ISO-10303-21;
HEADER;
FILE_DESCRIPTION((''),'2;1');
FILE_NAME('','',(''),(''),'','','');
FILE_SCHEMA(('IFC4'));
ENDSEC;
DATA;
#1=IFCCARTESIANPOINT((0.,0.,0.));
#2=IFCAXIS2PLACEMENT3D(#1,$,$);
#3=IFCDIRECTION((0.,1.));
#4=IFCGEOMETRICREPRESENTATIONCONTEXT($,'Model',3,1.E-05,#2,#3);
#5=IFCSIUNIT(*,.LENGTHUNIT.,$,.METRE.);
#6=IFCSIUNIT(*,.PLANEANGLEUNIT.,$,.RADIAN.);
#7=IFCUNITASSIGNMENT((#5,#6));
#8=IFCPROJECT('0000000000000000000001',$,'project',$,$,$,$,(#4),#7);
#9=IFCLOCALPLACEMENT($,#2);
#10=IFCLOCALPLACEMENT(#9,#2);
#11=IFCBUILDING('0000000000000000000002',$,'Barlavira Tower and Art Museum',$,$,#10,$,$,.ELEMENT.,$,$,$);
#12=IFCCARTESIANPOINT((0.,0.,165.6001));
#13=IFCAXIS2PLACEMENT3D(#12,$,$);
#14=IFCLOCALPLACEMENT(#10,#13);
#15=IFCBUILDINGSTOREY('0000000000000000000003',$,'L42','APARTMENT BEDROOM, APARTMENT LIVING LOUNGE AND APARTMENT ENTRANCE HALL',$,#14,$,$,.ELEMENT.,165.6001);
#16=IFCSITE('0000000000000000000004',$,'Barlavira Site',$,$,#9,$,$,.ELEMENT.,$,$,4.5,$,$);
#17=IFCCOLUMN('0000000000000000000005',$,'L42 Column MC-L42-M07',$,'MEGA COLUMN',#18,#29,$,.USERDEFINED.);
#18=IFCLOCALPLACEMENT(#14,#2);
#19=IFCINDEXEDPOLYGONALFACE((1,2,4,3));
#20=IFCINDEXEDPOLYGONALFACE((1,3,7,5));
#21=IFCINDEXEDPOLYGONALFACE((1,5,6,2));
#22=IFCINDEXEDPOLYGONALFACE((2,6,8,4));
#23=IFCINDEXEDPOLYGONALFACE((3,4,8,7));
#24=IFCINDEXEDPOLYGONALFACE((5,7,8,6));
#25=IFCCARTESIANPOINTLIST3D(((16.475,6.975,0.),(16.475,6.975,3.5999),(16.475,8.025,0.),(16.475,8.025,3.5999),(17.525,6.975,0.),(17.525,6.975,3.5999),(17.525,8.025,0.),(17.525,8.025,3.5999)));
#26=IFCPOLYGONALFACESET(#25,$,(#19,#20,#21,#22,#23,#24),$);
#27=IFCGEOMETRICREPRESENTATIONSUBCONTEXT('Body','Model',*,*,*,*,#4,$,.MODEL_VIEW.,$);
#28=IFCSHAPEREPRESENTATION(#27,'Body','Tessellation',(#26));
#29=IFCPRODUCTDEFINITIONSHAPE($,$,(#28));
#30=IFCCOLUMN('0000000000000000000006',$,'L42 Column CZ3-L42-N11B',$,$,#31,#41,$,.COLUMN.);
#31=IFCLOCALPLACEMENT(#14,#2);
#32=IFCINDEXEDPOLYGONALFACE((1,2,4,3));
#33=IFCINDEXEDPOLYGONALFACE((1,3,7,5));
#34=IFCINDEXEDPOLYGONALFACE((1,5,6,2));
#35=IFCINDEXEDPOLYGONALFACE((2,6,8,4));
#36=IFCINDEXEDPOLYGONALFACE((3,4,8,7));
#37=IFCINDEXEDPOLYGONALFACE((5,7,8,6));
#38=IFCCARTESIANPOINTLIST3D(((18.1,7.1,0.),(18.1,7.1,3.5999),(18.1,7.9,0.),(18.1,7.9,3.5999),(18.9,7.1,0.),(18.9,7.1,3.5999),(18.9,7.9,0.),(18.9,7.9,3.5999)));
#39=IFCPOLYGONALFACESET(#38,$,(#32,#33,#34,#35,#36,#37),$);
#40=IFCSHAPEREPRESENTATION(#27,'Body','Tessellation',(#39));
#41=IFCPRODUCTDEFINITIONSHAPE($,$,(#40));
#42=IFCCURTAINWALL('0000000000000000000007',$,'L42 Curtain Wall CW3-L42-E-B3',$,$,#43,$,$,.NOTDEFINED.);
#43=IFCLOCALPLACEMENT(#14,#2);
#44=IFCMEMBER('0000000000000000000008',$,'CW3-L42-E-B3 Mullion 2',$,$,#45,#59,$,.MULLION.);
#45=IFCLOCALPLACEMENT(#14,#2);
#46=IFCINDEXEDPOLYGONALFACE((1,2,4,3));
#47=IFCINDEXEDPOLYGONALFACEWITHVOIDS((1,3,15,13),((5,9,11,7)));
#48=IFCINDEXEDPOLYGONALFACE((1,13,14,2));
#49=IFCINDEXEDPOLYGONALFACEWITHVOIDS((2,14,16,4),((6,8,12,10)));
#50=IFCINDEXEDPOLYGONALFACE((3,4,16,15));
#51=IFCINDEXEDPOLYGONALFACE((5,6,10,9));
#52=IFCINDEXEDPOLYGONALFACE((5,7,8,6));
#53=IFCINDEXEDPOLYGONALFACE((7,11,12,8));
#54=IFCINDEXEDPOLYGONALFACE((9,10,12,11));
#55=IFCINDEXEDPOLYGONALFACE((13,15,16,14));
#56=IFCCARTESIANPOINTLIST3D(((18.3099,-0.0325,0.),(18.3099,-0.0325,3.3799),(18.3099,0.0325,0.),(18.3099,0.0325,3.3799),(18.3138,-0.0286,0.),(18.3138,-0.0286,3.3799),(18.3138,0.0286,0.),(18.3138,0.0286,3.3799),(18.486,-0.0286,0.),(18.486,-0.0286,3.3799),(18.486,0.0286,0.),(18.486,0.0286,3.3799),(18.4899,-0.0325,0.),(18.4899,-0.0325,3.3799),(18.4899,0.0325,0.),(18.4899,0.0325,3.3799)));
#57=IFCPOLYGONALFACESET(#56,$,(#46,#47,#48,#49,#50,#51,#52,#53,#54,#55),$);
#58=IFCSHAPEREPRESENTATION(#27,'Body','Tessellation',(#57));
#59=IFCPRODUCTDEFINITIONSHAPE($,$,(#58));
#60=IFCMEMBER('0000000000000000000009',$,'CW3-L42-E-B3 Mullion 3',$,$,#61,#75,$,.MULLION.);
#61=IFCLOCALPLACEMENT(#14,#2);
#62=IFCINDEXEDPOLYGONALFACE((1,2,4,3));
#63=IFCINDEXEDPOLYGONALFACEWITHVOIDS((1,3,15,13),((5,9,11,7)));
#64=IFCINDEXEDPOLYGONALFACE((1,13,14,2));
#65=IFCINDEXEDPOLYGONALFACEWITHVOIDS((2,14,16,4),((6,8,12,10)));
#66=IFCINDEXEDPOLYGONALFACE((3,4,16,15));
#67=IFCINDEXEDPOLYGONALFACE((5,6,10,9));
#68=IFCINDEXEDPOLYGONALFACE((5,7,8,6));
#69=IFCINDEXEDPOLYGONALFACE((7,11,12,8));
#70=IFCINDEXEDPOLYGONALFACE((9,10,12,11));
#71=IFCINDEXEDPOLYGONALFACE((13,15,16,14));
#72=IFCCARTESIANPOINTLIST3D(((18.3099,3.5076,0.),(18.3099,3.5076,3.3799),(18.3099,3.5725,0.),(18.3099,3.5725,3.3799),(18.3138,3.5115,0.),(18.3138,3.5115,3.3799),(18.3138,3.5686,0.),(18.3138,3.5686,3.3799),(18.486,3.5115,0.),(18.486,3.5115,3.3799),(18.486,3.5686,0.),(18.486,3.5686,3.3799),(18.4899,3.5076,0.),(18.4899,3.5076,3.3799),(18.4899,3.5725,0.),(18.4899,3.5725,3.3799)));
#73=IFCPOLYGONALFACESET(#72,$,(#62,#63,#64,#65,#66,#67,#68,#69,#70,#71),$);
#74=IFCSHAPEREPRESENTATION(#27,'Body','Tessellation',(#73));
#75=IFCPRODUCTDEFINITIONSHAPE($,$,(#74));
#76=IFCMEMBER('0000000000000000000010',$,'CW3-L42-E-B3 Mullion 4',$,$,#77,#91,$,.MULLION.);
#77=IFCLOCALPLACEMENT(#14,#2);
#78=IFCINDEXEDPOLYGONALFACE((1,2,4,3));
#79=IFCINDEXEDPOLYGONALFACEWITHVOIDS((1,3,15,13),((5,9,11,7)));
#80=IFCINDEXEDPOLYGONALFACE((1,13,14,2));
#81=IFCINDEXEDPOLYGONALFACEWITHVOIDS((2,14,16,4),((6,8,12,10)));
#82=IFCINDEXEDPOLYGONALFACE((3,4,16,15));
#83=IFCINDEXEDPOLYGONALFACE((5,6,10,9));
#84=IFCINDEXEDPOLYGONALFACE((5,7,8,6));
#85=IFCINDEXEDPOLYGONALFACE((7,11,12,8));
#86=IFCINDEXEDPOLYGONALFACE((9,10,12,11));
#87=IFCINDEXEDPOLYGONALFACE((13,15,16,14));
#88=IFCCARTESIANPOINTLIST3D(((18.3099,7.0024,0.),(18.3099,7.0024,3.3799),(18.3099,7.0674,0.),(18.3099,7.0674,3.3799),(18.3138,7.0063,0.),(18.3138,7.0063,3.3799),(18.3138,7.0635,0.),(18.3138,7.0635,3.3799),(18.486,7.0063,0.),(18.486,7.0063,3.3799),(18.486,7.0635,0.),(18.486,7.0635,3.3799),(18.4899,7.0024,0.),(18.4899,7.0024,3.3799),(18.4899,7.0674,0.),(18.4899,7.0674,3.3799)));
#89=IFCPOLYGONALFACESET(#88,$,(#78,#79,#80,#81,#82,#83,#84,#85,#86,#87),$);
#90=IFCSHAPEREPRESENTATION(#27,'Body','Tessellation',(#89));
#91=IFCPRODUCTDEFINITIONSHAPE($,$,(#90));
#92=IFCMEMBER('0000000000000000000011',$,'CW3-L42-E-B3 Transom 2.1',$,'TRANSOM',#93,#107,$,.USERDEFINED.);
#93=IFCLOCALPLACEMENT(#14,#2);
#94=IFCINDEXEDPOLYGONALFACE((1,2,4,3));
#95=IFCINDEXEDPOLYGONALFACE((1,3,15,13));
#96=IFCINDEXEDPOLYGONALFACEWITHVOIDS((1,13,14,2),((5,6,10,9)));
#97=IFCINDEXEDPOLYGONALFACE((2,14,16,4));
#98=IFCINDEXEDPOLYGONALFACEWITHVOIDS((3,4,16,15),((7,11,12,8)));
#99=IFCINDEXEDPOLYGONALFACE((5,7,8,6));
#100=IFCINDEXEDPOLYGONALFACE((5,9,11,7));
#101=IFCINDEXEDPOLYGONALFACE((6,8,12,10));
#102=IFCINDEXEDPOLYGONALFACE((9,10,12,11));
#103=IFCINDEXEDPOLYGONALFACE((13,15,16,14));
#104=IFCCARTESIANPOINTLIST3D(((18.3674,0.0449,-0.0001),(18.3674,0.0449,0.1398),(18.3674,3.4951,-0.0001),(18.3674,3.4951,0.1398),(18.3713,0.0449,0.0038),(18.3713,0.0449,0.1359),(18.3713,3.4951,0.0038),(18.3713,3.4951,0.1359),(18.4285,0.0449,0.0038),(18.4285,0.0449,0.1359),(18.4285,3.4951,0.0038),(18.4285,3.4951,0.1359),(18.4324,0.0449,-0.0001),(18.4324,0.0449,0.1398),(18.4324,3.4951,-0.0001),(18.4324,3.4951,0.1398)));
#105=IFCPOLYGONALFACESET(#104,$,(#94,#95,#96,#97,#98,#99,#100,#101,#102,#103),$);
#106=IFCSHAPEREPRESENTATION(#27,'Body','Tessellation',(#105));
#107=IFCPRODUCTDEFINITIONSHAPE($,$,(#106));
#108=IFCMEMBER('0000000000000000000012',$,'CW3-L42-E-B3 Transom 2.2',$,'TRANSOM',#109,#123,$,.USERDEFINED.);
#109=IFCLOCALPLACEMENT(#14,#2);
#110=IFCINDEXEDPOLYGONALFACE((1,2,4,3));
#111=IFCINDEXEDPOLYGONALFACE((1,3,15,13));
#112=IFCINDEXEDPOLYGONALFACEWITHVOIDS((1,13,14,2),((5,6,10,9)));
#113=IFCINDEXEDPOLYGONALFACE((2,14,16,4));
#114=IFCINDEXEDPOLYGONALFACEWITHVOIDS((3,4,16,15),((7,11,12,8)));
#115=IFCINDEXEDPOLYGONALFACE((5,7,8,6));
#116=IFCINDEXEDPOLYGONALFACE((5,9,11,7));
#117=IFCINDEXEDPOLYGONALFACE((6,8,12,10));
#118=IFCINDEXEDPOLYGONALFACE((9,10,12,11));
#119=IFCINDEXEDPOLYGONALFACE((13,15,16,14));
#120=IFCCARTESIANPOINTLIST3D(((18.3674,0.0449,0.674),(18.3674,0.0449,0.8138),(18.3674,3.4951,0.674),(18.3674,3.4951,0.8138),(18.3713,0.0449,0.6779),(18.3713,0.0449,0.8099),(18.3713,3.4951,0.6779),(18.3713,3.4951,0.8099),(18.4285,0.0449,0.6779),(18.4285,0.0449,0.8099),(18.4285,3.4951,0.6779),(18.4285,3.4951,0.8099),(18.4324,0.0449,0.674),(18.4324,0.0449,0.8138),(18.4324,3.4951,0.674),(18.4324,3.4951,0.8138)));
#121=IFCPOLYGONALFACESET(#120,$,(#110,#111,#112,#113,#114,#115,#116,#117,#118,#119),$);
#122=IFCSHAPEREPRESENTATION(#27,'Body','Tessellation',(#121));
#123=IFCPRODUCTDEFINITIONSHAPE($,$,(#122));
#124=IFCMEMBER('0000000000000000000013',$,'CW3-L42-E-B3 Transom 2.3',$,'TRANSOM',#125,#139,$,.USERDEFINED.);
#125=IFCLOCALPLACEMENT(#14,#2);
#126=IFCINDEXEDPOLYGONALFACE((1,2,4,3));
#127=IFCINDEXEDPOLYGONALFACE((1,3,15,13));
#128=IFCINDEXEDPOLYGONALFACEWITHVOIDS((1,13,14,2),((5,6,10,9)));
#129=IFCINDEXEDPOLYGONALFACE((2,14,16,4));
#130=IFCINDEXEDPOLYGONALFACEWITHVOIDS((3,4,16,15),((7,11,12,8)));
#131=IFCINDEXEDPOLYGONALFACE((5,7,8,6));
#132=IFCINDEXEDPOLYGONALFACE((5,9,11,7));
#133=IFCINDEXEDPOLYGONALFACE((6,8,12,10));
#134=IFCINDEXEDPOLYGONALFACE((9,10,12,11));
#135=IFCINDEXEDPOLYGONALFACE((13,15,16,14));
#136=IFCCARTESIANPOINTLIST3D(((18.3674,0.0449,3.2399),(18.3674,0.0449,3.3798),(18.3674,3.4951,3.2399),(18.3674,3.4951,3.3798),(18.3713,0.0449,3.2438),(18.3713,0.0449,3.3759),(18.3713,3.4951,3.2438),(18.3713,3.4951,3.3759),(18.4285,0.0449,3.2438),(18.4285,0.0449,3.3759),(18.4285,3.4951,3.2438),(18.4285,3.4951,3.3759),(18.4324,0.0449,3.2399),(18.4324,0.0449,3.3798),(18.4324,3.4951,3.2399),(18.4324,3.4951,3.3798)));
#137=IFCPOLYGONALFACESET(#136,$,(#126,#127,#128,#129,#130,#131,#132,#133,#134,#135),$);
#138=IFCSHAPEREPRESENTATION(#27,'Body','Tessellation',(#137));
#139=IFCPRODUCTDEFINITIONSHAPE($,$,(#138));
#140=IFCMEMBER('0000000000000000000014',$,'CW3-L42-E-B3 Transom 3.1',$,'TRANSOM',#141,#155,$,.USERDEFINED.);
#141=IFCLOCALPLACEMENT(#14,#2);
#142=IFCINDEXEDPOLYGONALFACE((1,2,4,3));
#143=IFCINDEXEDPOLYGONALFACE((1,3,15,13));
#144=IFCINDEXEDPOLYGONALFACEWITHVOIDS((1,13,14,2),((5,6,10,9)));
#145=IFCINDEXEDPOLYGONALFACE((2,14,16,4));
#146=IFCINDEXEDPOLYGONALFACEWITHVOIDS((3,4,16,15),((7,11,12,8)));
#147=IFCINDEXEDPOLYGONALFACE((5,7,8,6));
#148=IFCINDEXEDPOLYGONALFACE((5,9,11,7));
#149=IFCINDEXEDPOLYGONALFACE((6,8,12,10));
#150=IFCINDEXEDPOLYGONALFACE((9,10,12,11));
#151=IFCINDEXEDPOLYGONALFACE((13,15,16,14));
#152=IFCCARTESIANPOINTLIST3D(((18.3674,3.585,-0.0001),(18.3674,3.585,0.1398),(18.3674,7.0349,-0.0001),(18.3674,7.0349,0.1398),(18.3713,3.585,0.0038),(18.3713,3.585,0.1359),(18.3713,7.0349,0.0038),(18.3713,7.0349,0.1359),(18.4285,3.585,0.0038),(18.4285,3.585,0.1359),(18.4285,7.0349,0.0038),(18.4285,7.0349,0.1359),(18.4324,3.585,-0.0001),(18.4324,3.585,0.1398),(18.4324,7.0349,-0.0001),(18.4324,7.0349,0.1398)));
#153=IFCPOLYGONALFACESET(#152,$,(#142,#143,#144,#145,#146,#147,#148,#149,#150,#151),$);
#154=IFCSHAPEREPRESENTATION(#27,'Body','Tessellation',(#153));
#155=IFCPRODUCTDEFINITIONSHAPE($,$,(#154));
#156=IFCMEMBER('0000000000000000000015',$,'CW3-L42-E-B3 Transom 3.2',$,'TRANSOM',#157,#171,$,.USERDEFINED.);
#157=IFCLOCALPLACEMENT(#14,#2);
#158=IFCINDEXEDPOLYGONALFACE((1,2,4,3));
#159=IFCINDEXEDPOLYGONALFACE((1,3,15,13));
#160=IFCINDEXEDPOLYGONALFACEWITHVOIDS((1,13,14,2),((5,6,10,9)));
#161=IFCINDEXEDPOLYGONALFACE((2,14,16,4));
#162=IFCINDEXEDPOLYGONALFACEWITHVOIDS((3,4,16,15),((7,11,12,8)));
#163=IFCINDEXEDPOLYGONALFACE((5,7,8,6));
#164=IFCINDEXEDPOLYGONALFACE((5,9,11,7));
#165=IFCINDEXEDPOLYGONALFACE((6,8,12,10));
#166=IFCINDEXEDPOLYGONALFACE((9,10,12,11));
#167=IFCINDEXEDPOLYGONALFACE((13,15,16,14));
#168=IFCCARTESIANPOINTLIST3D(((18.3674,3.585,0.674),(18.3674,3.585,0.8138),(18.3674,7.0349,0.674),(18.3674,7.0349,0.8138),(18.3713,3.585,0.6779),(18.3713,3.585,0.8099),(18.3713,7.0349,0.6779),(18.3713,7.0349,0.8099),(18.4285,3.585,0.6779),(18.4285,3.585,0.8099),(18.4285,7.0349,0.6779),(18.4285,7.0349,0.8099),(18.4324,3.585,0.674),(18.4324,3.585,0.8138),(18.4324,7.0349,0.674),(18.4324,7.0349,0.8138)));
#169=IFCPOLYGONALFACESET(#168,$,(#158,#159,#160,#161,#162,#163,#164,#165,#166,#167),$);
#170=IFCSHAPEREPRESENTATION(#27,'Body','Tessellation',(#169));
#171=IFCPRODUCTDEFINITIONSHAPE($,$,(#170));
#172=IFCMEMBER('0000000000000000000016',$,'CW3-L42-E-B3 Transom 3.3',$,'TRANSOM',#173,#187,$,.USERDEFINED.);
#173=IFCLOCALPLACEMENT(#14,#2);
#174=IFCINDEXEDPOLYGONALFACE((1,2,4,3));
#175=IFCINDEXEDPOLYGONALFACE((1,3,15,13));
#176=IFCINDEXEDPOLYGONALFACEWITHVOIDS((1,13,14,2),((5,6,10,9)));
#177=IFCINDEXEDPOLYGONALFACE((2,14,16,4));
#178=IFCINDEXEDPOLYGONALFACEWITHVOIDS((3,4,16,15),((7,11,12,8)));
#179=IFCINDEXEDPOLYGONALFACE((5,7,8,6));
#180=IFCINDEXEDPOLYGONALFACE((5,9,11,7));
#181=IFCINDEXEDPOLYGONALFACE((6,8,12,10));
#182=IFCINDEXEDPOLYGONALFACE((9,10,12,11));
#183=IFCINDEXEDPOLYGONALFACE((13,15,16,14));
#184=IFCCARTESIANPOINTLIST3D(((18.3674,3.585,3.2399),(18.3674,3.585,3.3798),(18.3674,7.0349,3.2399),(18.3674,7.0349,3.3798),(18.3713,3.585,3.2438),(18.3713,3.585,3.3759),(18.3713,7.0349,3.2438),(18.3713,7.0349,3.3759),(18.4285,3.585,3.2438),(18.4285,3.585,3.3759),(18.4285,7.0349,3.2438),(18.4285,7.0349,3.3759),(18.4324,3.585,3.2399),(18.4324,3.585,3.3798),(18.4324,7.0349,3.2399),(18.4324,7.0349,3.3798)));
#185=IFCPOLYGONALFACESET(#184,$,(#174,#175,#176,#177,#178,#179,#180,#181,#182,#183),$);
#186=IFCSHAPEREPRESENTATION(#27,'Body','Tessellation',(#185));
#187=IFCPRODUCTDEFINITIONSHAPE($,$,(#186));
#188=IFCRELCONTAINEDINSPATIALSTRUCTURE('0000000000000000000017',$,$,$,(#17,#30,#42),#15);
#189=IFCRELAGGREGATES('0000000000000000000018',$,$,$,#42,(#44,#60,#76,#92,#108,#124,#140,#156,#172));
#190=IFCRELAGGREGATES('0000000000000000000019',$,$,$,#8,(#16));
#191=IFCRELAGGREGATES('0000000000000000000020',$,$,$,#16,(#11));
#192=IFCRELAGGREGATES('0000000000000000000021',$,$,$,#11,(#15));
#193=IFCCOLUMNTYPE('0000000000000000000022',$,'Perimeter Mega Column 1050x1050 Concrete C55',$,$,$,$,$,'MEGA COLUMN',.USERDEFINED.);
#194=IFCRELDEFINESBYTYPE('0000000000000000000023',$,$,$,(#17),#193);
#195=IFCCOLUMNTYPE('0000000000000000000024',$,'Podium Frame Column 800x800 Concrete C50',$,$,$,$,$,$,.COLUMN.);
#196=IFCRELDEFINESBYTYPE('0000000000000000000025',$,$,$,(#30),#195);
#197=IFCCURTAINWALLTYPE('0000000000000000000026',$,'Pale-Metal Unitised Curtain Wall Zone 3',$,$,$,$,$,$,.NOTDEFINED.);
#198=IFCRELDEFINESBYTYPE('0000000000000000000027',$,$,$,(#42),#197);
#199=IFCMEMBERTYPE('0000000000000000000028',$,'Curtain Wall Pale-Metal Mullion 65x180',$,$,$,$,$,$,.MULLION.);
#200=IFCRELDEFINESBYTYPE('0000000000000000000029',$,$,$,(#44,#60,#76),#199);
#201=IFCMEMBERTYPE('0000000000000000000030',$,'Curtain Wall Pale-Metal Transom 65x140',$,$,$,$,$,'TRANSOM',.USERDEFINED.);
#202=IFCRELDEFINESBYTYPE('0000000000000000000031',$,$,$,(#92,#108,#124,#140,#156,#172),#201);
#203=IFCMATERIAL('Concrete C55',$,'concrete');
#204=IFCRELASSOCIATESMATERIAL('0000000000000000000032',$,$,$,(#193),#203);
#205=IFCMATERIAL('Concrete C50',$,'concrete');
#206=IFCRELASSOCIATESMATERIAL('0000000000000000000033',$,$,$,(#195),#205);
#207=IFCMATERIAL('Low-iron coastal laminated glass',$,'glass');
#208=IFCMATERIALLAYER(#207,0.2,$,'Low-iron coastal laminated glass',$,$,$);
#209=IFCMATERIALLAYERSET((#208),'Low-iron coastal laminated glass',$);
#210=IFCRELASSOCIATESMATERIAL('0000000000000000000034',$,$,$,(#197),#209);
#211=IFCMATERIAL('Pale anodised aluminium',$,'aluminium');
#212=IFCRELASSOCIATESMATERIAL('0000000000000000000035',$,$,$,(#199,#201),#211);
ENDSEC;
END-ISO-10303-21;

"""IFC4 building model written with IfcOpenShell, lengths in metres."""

from ifc_helpers import new_model, si_unit, direction, frame, origin, origin_2d, place, context, subcontext, project, spatial, rectangle, hollow_rectangle, extrude, material, layer, layer_set, material_profile, profile_set, type_object, element, aggregate, save


model = new_model("IFC4")

# Units and contexts
model_context = context("Model", 3, precision=1e-05, world=origin(), true_north=direction((0.0, 1.0)))
body_context = subcontext(model_context, "Body", "Model", "MODEL_VIEW")
ifc_project = project(units=[si_unit("LENGTHUNIT", "METRE"), si_unit("PLANEANGLEUNIT", "RADIAN")], contexts=[model_context])

# Site, building, storey
site_placement = place(None, origin())
site = spatial("IfcSite", under=ifc_project, at=site_placement, Name="Barlavira Site", CompositionType="ELEMENT", RefElevation=4.5)
building_placement = place(site_placement, origin())
building = spatial("IfcBuilding", under=site, at=building_placement, Name="Barlavira Tower and Art Museum", CompositionType="ELEMENT")
storey_placement = place(building_placement, frame((0.0, 0.0, 165.6001)))
storey = spatial("IfcBuildingStorey", under=building, at=storey_placement, Name="L42", Description="APARTMENT BEDROOM, APARTMENT LIVING LOUNGE AND APARTMENT ENTRANCE HALL", CompositionType="ELEMENT", Elevation=165.6001)

# Columns
ifc_material_1 = material(Name="Concrete C55", Category="concrete")
ifc_material_profile_1 = material_profile(ifc_material_1, rectangle(XDim=1.05, YDim=1.05, at=origin_2d()), Name="RC-COL 1050x1050")
ifc_profile_set_1 = profile_set([ifc_material_profile_1], Name="Concrete C55")
column_type_1 = type_object("IfcColumnType", Name="Perimeter Mega Column 1050x1050 Concrete C55", ElementType="MEGA COLUMN", PredefinedType="USERDEFINED", material=ifc_profile_set_1)
column_1_placement = place(storey_placement, frame((17.0, 7.5, 0.0), z_axis=(0.0, 0.0, 1.0), x_axis=(1.0, 0.0, 0.0)))
element("IfcColumn", 1, at=column_1_placement, inside=storey, type_object=column_type_1, Name="L42 Column MC-L42-M07", ObjectType="MEGA COLUMN", PredefinedType="USERDEFINED", context=body_context, shape_type="SweptSolid", body=[
    extrude(rectangle(XDim=1.05, YDim=1.05, at=origin_2d()), origin(), (0.0, 0.0, 1.0), 3.5999),
])
ifc_material_2 = material(Name="Concrete C50", Category="concrete")
ifc_material_profile_2 = material_profile(ifc_material_2, rectangle(XDim=0.8, YDim=0.8, at=origin_2d()), Name="RC-COL 800x800")
ifc_profile_set_2 = profile_set([ifc_material_profile_2], Name="Concrete C50")
column_type_2 = type_object("IfcColumnType", Name="Podium Frame Column 800x800 Concrete C50", PredefinedType="COLUMN", material=ifc_profile_set_2)
column_2_placement = place(storey_placement, frame((18.5, 7.5, 0.0), z_axis=(0.0, 0.0, 1.0), x_axis=(1.0, 0.0, 0.0)))
element("IfcColumn", 2, at=column_2_placement, inside=storey, type_object=column_type_2, Name="L42 Column CZ3-L42-N11B", PredefinedType="COLUMN", context=body_context, shape_type="SweptSolid", body=[
    extrude(rectangle(XDim=0.8, YDim=0.8, at=origin_2d()), origin(), (0.0, 0.0, 1.0), 3.5999),
])

# Curtain wall, members
ifc_material_3 = material(Name="Low-iron coastal laminated glass", Category="glass")
ifc_layer_1 = layer(ifc_material_3, 0.2, Name="Low-iron coastal laminated glass")
ifc_layer_set_1 = layer_set([ifc_layer_1], Name="Low-iron coastal laminated glass")
curtain_wall_type = type_object("IfcCurtainWallType", Name="Pale-Metal Unitised Curtain Wall Zone 3", PredefinedType="NOTDEFINED", material=ifc_layer_set_1)
curtain_wall_placement = place(storey_placement, origin())
curtain_wall = element("IfcCurtainWall", 3, at=curtain_wall_placement, inside=storey, type_object=curtain_wall_type, Name="L42 Curtain Wall CW3-L42-E-B3", PredefinedType="NOTDEFINED")
ifc_material_4 = material(Name="Pale anodised aluminium", Category="aluminium")
ifc_material_profile_3 = material_profile(ifc_material_4, hollow_rectangle(XDim=0.0649, YDim=0.1799, WallThickness=0.0039, at=origin_2d()), Name="ALU-MULL 65x180x4")
ifc_profile_set_3 = profile_set([ifc_material_profile_3], Name="Pale anodised aluminium")
member_type_1 = type_object("IfcMemberType", Name="Curtain Wall Pale-Metal Mullion 65x180", PredefinedType="MULLION", material=ifc_profile_set_3)
member_1_placement = place(storey_placement, frame((18.3999, 0.0, 0.0), z_axis=(0.0, 0.0, 1.0), x_axis=(0.0, 1.0, 0.0)))
member_1 = element("IfcMember", 4, at=member_1_placement, type_object=member_type_1, Name="CW3-L42-E-B3 Mullion 2", PredefinedType="MULLION", context=body_context, shape_type="SweptSolid", body=[
    extrude(hollow_rectangle(XDim=0.0649, YDim=0.1799, WallThickness=0.0039, at=origin_2d()), origin(), (0.0, 0.0, 1.0), 3.3799),
])
member_2_placement = place(storey_placement, frame((18.3999, 3.54, 0.0), z_axis=(0.0, 0.0, 1.0), x_axis=(0.0, 1.0, 0.0)))
member_2 = element("IfcMember", 5, at=member_2_placement, type_object=member_type_1, Name="CW3-L42-E-B3 Mullion 3", PredefinedType="MULLION", context=body_context, shape_type="SweptSolid", body=[
    extrude(hollow_rectangle(XDim=0.0649, YDim=0.1799, WallThickness=0.0039, at=origin_2d()), origin(), (0.0, 0.0, 1.0), 3.3799),
])
member_3_placement = place(storey_placement, frame((18.3999, 7.0349, 0.0), z_axis=(0.0, 0.0, 1.0), x_axis=(0.0, 1.0, 0.0)))
member_3 = element("IfcMember", 6, at=member_3_placement, type_object=member_type_1, Name="CW3-L42-E-B3 Mullion 4", PredefinedType="MULLION", context=body_context, shape_type="SweptSolid", body=[
    extrude(hollow_rectangle(XDim=0.0649, YDim=0.1799, WallThickness=0.0039, at=origin_2d()), origin(), (0.0, 0.0, 1.0), 3.3799),
])
ifc_material_profile_4 = material_profile(ifc_material_4, hollow_rectangle(XDim=0.0649, YDim=0.1399, WallThickness=0.0039, at=origin_2d()), Name="ALU-TRAN 65x140x4")
ifc_profile_set_4 = profile_set([ifc_material_profile_4], Name="Pale anodised aluminium")
member_type_2 = type_object("IfcMemberType", Name="Curtain Wall Pale-Metal Transom 65x140", ElementType="TRANSOM", PredefinedType="USERDEFINED", material=ifc_profile_set_4)
member_4_placement = place(storey_placement, frame((18.3999, 0.0449, 0.0698), z_axis=(0.0, 1.0, 0.0), x_axis=(-1.0, 0.0, 0.0)))
member_4 = element("IfcMember", 7, at=member_4_placement, type_object=member_type_2, Name="CW3-L42-E-B3 Transom 2.1", ObjectType="TRANSOM", PredefinedType="USERDEFINED", context=body_context, shape_type="SweptSolid", body=[
    extrude(hollow_rectangle(XDim=0.0649, YDim=0.1399, WallThickness=0.0039, at=origin_2d()), origin(), (0.0, 0.0, 1.0), 3.4502),
])
member_5_placement = place(storey_placement, frame((18.3999, 0.0449, 0.7439), z_axis=(0.0, 1.0, 0.0), x_axis=(-1.0, 0.0, 0.0)))
member_5 = element("IfcMember", 8, at=member_5_placement, type_object=member_type_2, Name="CW3-L42-E-B3 Transom 2.2", ObjectType="TRANSOM", PredefinedType="USERDEFINED", context=body_context, shape_type="SweptSolid", body=[
    extrude(hollow_rectangle(XDim=0.0649, YDim=0.1399, WallThickness=0.0039, at=origin_2d()), origin(), (0.0, 0.0, 1.0), 3.4502),
])
member_6_placement = place(storey_placement, frame((18.3999, 0.0449, 3.3098), z_axis=(0.0, 1.0, 0.0), x_axis=(-1.0, 0.0, 0.0)))
member_6 = element("IfcMember", 9, at=member_6_placement, type_object=member_type_2, Name="CW3-L42-E-B3 Transom 2.3", ObjectType="TRANSOM", PredefinedType="USERDEFINED", context=body_context, shape_type="SweptSolid", body=[
    extrude(hollow_rectangle(XDim=0.0649, YDim=0.1399, WallThickness=0.0039, at=origin_2d()), origin(), (0.0, 0.0, 1.0), 3.4502),
])
member_7_placement = place(storey_placement, frame((18.3999, 3.585, 0.0698), z_axis=(0.0, 1.0, 0.0), x_axis=(-1.0, 0.0, 0.0)))
member_7 = element("IfcMember", 10, at=member_7_placement, type_object=member_type_2, Name="CW3-L42-E-B3 Transom 3.1", ObjectType="TRANSOM", PredefinedType="USERDEFINED", context=body_context, shape_type="SweptSolid", body=[
    extrude(hollow_rectangle(XDim=0.0649, YDim=0.1399, WallThickness=0.0039, at=origin_2d()), origin(), (0.0, 0.0, 1.0), 3.45),
])
member_8_placement = place(storey_placement, frame((18.3999, 3.585, 0.7439), z_axis=(0.0, 1.0, 0.0), x_axis=(-1.0, 0.0, 0.0)))
member_8 = element("IfcMember", 11, at=member_8_placement, type_object=member_type_2, Name="CW3-L42-E-B3 Transom 3.2", ObjectType="TRANSOM", PredefinedType="USERDEFINED", context=body_context, shape_type="SweptSolid", body=[
    extrude(hollow_rectangle(XDim=0.0649, YDim=0.1399, WallThickness=0.0039, at=origin_2d()), origin(), (0.0, 0.0, 1.0), 3.45),
])
member_9_placement = place(storey_placement, frame((18.3999, 3.585, 3.3098), z_axis=(0.0, 1.0, 0.0), x_axis=(-1.0, 0.0, 0.0)))
member_9 = element("IfcMember", 12, at=member_9_placement, type_object=member_type_2, Name="CW3-L42-E-B3 Transom 3.3", ObjectType="TRANSOM", PredefinedType="USERDEFINED", context=body_context, shape_type="SweptSolid", body=[
    extrude(hollow_rectangle(XDim=0.0649, YDim=0.1399, WallThickness=0.0039, at=origin_2d()), origin(), (0.0, 0.0, 1.0), 3.45),
])

aggregate(curtain_wall, [member_1, member_2, member_3, member_4, member_5, member_6, member_7, member_8, member_9])

save(model, "model.ifc")
